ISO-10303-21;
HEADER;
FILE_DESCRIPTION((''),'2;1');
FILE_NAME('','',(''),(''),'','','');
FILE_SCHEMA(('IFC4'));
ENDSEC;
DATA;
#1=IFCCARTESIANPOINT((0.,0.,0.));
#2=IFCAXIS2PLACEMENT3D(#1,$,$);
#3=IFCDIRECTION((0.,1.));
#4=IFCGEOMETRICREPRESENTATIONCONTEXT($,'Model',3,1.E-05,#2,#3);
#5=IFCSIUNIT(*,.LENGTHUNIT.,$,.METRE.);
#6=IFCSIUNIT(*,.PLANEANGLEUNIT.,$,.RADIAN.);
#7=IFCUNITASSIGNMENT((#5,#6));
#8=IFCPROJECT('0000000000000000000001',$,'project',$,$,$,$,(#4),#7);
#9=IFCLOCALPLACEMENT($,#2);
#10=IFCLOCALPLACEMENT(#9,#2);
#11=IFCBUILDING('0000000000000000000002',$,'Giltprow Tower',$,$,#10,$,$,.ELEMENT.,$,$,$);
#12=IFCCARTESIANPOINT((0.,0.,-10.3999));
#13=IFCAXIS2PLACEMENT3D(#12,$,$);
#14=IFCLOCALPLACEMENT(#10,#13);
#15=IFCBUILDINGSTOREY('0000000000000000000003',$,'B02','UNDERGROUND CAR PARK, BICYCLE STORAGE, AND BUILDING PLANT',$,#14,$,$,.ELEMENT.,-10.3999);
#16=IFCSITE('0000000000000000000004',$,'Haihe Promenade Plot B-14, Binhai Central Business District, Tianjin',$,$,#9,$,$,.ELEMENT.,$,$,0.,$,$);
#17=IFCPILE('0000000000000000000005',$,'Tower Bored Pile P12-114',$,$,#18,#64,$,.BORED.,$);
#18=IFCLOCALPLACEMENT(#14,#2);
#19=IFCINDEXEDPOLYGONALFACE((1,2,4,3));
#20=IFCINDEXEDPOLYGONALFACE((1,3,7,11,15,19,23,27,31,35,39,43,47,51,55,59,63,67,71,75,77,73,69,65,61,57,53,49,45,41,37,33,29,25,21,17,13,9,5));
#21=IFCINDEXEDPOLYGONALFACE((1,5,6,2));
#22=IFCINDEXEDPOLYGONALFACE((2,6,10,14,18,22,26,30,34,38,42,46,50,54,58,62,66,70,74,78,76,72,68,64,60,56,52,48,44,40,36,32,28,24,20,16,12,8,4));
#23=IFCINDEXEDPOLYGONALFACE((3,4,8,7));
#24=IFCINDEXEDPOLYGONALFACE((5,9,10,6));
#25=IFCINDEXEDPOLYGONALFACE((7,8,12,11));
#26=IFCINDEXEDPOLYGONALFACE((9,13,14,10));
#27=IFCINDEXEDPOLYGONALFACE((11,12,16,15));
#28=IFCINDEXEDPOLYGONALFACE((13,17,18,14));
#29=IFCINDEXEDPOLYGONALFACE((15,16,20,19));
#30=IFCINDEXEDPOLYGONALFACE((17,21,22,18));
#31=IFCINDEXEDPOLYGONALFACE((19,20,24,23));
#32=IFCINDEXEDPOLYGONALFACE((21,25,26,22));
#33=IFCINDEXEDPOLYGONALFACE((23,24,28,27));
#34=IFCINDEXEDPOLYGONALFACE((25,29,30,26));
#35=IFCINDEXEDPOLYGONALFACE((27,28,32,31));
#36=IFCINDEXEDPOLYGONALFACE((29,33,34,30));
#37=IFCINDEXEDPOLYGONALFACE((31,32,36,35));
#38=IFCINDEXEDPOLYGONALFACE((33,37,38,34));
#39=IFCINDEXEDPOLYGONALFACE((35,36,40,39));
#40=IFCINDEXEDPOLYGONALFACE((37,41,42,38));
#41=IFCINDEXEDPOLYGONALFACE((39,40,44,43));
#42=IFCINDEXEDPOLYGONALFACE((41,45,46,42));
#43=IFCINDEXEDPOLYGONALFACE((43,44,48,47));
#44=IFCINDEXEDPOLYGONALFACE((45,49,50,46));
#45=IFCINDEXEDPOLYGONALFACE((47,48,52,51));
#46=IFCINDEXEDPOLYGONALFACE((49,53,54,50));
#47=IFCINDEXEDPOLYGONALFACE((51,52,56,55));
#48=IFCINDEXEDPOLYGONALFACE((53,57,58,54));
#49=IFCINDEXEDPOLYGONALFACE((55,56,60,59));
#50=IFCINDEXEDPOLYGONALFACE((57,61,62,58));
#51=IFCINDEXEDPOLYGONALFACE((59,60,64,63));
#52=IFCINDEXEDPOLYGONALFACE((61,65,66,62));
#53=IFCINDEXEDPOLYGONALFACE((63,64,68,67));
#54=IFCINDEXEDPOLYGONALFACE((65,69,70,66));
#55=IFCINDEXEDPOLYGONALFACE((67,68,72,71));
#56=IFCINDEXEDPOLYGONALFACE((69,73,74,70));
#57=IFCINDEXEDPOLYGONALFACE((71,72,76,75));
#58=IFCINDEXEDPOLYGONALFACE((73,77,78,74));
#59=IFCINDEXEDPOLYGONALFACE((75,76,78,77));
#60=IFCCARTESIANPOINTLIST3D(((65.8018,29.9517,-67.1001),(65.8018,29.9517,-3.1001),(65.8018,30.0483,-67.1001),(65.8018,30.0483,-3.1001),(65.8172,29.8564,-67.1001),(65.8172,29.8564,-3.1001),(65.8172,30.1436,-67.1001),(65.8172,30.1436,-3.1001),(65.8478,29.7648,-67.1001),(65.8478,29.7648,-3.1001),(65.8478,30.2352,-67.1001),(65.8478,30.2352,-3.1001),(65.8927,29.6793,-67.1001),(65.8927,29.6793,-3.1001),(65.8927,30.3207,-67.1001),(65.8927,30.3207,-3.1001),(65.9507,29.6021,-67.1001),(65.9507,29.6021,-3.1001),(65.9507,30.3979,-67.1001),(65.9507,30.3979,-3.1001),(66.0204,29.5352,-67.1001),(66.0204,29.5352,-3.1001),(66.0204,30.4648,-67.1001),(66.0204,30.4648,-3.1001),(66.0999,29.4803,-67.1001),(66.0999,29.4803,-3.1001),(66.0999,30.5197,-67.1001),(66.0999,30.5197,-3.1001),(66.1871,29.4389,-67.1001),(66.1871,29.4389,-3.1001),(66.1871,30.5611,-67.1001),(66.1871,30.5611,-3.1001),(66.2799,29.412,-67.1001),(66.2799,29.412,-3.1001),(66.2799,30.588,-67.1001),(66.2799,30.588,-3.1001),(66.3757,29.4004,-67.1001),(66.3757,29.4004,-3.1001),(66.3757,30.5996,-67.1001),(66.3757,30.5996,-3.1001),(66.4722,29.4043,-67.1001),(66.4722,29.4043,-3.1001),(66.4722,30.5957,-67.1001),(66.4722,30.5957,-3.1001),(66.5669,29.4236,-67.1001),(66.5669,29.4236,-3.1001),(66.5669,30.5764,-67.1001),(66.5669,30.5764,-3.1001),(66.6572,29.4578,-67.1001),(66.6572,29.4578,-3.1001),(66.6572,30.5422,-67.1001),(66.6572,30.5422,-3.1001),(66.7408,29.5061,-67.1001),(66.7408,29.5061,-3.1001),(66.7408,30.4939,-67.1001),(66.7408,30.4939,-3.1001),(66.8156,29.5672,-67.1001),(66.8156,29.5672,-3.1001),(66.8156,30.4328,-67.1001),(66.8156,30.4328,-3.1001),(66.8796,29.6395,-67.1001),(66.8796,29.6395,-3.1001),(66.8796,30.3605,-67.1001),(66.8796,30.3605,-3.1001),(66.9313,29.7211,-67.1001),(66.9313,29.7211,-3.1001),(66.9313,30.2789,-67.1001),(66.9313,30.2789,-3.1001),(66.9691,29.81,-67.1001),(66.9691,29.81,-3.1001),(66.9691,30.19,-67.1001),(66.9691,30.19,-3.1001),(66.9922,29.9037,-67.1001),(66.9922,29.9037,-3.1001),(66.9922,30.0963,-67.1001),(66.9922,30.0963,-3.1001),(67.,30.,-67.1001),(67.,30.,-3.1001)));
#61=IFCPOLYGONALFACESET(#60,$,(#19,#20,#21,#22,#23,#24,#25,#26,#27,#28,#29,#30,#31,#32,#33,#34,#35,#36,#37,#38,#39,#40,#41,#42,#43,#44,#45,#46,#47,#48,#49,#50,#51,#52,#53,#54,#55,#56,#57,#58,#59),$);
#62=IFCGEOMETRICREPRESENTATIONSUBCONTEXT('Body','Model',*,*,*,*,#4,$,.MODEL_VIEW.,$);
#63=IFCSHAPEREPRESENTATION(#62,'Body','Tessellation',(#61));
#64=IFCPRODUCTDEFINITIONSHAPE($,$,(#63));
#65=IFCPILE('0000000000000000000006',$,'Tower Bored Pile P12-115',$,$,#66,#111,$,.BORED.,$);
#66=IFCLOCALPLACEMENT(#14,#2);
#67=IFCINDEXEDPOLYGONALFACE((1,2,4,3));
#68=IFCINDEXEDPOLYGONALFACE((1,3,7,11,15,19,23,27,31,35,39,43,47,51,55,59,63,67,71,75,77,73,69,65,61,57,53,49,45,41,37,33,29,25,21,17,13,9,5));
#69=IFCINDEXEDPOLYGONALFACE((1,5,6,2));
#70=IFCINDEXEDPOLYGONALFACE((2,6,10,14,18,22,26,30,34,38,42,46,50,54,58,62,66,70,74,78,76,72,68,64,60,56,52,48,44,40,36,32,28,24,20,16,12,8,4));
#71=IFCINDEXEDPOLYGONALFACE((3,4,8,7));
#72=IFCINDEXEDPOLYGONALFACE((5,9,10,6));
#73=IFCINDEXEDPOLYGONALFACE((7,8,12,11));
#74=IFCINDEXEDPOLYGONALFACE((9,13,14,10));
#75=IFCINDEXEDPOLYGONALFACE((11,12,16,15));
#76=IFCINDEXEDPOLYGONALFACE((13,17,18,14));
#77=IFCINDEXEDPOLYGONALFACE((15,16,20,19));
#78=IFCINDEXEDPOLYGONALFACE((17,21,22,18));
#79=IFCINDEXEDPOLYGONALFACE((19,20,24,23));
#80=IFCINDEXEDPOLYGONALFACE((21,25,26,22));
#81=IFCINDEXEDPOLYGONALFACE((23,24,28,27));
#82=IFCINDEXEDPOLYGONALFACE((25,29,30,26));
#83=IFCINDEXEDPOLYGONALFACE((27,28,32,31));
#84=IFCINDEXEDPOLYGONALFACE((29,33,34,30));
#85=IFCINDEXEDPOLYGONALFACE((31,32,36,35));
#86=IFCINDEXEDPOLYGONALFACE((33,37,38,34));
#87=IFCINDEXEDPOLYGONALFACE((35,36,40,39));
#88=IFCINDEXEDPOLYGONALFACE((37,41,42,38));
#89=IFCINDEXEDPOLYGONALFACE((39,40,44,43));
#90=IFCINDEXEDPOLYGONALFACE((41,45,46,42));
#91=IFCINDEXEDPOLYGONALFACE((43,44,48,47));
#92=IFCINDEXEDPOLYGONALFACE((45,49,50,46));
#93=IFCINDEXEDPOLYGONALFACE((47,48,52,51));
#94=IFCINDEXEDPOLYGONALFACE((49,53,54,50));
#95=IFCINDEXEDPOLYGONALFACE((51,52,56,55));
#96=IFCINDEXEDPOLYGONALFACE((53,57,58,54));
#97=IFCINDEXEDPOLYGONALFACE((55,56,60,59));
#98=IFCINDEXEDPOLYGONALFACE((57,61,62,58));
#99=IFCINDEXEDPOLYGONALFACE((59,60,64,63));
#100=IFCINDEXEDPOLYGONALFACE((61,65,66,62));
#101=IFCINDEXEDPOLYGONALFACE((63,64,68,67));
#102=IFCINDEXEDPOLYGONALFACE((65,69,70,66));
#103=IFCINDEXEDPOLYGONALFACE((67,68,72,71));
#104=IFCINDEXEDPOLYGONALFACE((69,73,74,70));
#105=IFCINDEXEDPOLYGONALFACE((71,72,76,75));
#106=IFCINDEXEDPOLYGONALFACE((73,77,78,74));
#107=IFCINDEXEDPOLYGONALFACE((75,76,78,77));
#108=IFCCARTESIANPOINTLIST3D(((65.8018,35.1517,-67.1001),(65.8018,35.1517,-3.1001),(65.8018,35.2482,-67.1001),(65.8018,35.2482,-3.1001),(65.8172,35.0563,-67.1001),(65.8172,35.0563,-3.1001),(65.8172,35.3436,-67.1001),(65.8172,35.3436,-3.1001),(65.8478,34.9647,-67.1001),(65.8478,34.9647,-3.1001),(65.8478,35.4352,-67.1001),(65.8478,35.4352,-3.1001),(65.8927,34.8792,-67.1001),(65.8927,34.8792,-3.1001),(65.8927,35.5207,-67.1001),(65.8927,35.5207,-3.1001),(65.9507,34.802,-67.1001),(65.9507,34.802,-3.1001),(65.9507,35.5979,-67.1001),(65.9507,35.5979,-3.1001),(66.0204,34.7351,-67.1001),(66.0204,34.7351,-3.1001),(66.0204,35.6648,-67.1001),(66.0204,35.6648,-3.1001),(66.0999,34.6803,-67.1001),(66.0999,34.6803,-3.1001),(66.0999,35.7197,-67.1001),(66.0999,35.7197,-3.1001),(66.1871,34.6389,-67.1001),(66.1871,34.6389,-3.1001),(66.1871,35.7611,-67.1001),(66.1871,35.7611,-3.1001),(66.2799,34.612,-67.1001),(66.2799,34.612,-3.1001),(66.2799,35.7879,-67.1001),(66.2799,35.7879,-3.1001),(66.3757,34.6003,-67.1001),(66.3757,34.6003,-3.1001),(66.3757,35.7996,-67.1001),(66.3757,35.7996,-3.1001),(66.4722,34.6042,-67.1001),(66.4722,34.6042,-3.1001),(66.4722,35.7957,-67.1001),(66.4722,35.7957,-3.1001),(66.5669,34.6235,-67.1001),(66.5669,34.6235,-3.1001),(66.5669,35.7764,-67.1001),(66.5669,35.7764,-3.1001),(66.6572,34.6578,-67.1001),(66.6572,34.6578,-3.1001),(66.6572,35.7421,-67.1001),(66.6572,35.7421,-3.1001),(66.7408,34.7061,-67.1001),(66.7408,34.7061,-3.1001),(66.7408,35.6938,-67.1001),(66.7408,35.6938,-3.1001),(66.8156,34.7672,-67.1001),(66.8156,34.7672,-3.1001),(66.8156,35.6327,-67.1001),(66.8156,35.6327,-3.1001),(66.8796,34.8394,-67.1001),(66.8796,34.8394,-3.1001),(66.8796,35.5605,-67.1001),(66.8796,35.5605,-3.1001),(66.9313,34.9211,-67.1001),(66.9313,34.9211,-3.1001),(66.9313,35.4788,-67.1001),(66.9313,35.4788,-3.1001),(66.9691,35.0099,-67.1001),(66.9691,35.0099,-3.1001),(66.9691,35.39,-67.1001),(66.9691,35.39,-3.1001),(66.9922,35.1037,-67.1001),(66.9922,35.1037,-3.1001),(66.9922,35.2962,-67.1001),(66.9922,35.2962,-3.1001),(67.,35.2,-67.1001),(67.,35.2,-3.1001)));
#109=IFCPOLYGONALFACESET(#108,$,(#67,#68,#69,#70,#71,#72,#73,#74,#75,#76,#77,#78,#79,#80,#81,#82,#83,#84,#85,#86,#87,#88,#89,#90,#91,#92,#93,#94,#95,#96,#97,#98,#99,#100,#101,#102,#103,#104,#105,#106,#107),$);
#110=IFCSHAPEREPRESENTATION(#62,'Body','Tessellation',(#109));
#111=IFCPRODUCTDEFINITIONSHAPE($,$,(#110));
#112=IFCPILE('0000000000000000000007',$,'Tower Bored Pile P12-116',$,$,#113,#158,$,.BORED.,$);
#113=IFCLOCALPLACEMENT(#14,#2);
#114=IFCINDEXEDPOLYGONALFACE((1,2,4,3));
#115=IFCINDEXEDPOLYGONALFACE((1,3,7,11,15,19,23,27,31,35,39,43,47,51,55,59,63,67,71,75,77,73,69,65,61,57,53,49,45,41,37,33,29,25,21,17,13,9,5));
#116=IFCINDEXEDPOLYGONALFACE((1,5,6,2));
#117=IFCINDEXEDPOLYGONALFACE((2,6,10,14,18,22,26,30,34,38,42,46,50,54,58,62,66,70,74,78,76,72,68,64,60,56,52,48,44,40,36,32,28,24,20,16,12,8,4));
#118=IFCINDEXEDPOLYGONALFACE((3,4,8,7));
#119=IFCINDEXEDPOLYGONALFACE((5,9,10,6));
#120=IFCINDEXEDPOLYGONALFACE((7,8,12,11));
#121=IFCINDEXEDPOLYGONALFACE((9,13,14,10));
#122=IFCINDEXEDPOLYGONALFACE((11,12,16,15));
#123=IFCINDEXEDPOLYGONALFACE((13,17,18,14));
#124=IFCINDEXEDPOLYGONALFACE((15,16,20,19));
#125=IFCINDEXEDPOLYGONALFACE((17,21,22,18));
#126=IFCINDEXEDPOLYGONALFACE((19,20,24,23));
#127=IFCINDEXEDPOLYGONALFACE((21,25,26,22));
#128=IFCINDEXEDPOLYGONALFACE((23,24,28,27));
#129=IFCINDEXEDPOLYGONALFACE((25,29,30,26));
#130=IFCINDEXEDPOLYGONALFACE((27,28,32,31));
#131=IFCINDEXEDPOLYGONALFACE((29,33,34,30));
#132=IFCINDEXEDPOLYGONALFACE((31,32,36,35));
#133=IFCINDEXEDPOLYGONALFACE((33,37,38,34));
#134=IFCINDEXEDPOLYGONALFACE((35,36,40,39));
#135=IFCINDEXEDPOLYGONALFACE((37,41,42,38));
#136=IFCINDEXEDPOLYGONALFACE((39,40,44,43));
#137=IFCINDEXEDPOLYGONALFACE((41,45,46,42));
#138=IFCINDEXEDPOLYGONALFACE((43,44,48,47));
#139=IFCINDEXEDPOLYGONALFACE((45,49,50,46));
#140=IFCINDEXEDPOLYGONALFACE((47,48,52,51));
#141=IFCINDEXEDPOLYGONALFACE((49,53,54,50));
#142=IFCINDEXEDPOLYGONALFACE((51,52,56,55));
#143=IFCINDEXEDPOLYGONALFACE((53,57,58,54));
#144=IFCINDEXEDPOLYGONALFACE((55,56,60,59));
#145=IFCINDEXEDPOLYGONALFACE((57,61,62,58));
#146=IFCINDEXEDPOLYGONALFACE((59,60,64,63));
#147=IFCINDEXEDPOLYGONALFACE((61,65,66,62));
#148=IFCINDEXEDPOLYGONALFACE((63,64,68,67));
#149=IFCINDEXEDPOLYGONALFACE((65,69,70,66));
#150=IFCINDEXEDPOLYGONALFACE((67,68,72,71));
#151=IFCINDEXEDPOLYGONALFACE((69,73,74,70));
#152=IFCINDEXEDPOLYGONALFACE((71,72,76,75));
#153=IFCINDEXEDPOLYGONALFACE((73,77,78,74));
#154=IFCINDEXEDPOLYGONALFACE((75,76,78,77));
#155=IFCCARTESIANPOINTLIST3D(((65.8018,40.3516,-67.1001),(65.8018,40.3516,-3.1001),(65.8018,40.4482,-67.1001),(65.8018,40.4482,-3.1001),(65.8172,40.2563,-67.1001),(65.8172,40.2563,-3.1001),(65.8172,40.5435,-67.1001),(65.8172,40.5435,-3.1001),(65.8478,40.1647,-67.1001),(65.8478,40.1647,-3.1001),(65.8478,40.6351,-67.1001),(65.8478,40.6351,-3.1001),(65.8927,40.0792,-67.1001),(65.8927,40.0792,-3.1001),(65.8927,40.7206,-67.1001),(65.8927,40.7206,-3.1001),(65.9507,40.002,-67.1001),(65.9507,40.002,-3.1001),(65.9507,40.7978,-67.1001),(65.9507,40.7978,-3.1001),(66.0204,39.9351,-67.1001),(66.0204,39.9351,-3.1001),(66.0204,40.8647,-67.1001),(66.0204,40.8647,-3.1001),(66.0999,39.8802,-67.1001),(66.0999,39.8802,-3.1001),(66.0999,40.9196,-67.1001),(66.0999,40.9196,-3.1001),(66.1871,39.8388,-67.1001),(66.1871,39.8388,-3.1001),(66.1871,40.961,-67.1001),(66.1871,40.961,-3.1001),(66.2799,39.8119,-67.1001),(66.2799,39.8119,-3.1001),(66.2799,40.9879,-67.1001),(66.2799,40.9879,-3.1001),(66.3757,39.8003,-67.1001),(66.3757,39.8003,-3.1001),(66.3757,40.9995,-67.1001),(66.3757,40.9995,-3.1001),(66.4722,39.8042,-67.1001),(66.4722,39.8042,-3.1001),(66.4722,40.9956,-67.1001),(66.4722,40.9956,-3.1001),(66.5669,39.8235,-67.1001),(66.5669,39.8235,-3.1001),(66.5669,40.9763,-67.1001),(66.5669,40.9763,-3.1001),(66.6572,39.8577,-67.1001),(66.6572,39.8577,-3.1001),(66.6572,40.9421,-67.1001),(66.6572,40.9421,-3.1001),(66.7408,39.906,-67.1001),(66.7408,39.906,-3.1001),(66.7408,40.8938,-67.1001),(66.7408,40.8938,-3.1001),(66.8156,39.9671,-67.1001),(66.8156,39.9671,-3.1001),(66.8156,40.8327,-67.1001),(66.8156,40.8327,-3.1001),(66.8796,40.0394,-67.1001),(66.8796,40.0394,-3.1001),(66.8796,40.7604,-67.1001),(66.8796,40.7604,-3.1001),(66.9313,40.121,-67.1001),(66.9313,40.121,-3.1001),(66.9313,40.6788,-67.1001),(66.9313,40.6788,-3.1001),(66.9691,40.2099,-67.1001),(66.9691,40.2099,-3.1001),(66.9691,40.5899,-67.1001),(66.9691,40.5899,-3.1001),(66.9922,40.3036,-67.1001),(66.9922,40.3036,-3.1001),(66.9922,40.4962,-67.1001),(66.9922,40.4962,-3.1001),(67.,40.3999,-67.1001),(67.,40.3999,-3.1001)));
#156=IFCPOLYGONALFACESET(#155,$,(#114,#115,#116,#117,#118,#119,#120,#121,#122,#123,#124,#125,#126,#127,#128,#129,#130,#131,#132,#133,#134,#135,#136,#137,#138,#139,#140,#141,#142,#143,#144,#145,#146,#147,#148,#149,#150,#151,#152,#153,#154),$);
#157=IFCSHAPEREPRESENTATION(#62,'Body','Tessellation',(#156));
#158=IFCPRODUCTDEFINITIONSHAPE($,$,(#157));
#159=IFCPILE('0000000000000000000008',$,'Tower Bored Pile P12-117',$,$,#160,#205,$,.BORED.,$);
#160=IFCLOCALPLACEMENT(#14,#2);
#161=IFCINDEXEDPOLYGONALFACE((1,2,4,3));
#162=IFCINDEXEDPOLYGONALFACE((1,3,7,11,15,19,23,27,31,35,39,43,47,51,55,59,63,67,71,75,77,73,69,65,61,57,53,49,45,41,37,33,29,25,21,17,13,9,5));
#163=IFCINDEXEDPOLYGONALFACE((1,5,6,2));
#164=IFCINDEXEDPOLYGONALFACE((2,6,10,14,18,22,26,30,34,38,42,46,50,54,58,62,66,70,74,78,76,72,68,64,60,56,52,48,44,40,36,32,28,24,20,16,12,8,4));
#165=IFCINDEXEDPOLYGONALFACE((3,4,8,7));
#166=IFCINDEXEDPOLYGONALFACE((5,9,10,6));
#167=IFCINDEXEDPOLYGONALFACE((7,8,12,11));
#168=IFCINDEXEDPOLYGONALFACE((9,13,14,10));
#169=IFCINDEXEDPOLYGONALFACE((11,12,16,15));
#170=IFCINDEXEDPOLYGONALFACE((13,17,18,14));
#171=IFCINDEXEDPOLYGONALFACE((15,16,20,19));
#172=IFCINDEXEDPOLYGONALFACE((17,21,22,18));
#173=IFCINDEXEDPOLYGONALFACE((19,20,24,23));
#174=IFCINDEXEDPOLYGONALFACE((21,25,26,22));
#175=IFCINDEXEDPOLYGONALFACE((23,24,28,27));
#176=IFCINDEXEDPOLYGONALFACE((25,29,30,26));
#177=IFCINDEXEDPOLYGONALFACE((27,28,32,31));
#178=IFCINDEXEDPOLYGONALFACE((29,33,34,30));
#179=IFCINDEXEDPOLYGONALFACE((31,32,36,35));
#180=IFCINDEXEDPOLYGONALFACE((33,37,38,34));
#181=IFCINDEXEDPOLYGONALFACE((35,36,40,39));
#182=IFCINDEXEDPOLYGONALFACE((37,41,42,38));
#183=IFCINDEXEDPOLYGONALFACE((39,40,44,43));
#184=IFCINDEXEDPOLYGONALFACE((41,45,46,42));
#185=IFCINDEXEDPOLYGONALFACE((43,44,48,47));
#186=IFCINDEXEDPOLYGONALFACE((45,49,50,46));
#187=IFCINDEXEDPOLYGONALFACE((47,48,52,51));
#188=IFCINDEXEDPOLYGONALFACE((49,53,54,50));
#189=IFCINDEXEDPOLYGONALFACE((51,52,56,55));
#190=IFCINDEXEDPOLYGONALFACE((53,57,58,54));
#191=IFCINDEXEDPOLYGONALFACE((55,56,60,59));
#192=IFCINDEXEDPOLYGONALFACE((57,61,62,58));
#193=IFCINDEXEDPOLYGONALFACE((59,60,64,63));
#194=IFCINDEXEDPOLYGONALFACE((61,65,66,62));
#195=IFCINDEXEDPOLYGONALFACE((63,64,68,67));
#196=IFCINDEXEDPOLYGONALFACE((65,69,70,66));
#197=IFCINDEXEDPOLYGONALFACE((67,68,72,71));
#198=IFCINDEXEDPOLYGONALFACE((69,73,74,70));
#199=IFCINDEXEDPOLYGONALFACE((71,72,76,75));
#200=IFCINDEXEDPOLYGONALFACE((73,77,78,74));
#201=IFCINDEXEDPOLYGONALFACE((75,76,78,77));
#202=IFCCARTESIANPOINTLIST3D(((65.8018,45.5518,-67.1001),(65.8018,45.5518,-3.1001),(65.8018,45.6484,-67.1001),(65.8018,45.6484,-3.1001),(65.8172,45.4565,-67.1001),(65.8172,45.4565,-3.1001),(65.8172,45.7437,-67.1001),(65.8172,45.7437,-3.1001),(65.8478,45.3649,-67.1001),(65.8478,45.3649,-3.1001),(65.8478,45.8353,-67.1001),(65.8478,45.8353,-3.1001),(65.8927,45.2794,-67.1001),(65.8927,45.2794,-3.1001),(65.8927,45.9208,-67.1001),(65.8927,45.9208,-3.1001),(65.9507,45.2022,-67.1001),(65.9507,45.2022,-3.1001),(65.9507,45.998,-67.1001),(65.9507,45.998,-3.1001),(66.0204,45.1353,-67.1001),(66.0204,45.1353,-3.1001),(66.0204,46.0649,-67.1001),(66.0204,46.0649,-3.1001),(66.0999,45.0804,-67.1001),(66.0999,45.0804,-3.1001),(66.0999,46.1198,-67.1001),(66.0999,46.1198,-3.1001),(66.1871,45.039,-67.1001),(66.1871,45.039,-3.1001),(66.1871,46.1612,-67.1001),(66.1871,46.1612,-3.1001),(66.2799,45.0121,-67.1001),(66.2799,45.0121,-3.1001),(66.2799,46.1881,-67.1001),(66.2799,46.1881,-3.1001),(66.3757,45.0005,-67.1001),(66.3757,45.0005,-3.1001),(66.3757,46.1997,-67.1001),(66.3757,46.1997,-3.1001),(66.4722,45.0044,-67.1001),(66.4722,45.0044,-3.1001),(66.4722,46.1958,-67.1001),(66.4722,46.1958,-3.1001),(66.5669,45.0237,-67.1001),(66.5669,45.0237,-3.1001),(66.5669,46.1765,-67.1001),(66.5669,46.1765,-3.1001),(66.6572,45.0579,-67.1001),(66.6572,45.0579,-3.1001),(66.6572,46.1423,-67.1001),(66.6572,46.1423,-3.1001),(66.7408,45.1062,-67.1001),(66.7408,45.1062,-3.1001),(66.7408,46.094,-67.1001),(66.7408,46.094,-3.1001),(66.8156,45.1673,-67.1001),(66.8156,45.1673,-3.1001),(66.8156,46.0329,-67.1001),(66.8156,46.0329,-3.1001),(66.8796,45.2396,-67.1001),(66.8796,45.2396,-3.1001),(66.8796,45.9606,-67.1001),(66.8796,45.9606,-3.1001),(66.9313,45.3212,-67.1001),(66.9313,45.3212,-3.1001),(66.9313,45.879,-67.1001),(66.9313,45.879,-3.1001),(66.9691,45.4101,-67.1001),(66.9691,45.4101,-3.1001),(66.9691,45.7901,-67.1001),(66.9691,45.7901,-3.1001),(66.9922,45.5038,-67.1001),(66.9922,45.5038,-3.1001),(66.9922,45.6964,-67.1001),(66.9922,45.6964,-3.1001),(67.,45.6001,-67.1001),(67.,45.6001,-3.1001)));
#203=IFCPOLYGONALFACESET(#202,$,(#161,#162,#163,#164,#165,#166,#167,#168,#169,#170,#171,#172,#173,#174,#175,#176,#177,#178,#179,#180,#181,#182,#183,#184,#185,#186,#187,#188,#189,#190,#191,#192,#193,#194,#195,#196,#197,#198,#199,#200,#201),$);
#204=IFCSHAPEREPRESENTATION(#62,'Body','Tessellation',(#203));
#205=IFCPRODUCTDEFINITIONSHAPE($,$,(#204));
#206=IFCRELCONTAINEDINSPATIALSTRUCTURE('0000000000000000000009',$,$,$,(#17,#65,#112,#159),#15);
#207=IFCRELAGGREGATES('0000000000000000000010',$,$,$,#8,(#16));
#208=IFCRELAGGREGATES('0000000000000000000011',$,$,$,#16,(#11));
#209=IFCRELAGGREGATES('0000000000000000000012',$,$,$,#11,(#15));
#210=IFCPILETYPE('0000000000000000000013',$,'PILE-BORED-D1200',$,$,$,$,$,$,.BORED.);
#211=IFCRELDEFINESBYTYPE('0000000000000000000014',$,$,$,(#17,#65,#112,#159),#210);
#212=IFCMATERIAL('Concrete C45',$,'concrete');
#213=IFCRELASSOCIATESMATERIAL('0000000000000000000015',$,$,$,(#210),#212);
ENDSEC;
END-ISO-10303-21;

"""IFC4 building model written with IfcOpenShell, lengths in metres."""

from ifc_helpers import new_model, si_unit, direction, frame, origin, origin_2d, place, context, subcontext, project, spatial, circle, extrude, source, transform, mapped, material, material_profile, profile_set, type_object, element, save


model = new_model("IFC4")

# Units and contexts
model_context = context("Model", 3, precision=1e-05, world=origin(), true_north=direction((0.0, 1.0)))
body_context = subcontext(model_context, "Body", "Model", "MODEL_VIEW")
ifc_project = project(units=[si_unit("LENGTHUNIT", "METRE"), si_unit("PLANEANGLEUNIT", "RADIAN")], contexts=[model_context])

# Site, building, storey
site_placement = place(None, origin())
site = spatial("IfcSite", under=ifc_project, at=site_placement, Name="Haihe Promenade Plot B-14, Binhai Central Business District, Tianjin", CompositionType="ELEMENT", RefElevation=0.0)
building_placement = place(site_placement, origin())
building = spatial("IfcBuilding", under=site, at=building_placement, Name="Giltprow Tower", CompositionType="ELEMENT")
storey_placement = place(building_placement, frame((0.0, 0.0, -10.3999)))
storey = spatial("IfcBuildingStorey", under=building, at=storey_placement, Name="B02", Description="UNDERGROUND CAR PARK, BICYCLE STORAGE, AND BUILDING PLANT", CompositionType="ELEMENT", Elevation=-10.3999)

# Piles
ifc_material_1 = material(Name="Concrete C45", Category="concrete")
ifc_material_profile_1 = material_profile(ifc_material_1, circle(Radius=0.6001, at=origin_2d()), Name="PILE D1200")
ifc_profile_set_1 = profile_set([ifc_material_profile_1], Name="Concrete C45")
pile_type_1 = type_object("IfcPileType", Name="PILE-BORED-D1200", PredefinedType="BORED", material=ifc_profile_set_1)
shared_shape_1 = source(origin(), body_context, "Body", "SweptSolid", [
    extrude(circle(Radius=0.6001, at=origin_2d()), origin(), (0.0, 0.0, 1.0), 64.0),
])
for number, where, z_axis, x_axis, name in (
    (1, (66.3999, 30.0, -3.1001), (0.0, 0.0, -1.0), (1.0, 0.0, 0.0), "Tower Bored Pile P12-114"),
    (2, (66.3999, 35.2, -3.1001), (0.0, 0.0, -1.0), (1.0, 0.0, 0.0), "Tower Bored Pile P12-115"),
    (3, (66.3999, 40.3999, -3.1001), (0.0, 0.0, -1.0), (1.0, 0.0, 0.0), "Tower Bored Pile P12-116"),
    (4, (66.3999, 45.6001, -3.1001), (0.0, 0.0, -1.0), (1.0, 0.0, 0.0), "Tower Bored Pile P12-117"),
):
    element("IfcPile", number, at=place(storey_placement, frame(where, z_axis=z_axis, x_axis=x_axis)), inside=storey, type_object=pile_type_1, Name=name, PredefinedType="BORED", context=body_context, shape_type="MappedRepresentation", body=[
        mapped(shared_shape_1, transform((0.0, 0.0, 0.0), x_axis=(1.0, 0.0, 0.0), y_axis=(0.0, 1.0, 0.0), z_axis=(0.0, 0.0, 1.0), scale=1.0)),
    ])

save(model, "model.ifc")
